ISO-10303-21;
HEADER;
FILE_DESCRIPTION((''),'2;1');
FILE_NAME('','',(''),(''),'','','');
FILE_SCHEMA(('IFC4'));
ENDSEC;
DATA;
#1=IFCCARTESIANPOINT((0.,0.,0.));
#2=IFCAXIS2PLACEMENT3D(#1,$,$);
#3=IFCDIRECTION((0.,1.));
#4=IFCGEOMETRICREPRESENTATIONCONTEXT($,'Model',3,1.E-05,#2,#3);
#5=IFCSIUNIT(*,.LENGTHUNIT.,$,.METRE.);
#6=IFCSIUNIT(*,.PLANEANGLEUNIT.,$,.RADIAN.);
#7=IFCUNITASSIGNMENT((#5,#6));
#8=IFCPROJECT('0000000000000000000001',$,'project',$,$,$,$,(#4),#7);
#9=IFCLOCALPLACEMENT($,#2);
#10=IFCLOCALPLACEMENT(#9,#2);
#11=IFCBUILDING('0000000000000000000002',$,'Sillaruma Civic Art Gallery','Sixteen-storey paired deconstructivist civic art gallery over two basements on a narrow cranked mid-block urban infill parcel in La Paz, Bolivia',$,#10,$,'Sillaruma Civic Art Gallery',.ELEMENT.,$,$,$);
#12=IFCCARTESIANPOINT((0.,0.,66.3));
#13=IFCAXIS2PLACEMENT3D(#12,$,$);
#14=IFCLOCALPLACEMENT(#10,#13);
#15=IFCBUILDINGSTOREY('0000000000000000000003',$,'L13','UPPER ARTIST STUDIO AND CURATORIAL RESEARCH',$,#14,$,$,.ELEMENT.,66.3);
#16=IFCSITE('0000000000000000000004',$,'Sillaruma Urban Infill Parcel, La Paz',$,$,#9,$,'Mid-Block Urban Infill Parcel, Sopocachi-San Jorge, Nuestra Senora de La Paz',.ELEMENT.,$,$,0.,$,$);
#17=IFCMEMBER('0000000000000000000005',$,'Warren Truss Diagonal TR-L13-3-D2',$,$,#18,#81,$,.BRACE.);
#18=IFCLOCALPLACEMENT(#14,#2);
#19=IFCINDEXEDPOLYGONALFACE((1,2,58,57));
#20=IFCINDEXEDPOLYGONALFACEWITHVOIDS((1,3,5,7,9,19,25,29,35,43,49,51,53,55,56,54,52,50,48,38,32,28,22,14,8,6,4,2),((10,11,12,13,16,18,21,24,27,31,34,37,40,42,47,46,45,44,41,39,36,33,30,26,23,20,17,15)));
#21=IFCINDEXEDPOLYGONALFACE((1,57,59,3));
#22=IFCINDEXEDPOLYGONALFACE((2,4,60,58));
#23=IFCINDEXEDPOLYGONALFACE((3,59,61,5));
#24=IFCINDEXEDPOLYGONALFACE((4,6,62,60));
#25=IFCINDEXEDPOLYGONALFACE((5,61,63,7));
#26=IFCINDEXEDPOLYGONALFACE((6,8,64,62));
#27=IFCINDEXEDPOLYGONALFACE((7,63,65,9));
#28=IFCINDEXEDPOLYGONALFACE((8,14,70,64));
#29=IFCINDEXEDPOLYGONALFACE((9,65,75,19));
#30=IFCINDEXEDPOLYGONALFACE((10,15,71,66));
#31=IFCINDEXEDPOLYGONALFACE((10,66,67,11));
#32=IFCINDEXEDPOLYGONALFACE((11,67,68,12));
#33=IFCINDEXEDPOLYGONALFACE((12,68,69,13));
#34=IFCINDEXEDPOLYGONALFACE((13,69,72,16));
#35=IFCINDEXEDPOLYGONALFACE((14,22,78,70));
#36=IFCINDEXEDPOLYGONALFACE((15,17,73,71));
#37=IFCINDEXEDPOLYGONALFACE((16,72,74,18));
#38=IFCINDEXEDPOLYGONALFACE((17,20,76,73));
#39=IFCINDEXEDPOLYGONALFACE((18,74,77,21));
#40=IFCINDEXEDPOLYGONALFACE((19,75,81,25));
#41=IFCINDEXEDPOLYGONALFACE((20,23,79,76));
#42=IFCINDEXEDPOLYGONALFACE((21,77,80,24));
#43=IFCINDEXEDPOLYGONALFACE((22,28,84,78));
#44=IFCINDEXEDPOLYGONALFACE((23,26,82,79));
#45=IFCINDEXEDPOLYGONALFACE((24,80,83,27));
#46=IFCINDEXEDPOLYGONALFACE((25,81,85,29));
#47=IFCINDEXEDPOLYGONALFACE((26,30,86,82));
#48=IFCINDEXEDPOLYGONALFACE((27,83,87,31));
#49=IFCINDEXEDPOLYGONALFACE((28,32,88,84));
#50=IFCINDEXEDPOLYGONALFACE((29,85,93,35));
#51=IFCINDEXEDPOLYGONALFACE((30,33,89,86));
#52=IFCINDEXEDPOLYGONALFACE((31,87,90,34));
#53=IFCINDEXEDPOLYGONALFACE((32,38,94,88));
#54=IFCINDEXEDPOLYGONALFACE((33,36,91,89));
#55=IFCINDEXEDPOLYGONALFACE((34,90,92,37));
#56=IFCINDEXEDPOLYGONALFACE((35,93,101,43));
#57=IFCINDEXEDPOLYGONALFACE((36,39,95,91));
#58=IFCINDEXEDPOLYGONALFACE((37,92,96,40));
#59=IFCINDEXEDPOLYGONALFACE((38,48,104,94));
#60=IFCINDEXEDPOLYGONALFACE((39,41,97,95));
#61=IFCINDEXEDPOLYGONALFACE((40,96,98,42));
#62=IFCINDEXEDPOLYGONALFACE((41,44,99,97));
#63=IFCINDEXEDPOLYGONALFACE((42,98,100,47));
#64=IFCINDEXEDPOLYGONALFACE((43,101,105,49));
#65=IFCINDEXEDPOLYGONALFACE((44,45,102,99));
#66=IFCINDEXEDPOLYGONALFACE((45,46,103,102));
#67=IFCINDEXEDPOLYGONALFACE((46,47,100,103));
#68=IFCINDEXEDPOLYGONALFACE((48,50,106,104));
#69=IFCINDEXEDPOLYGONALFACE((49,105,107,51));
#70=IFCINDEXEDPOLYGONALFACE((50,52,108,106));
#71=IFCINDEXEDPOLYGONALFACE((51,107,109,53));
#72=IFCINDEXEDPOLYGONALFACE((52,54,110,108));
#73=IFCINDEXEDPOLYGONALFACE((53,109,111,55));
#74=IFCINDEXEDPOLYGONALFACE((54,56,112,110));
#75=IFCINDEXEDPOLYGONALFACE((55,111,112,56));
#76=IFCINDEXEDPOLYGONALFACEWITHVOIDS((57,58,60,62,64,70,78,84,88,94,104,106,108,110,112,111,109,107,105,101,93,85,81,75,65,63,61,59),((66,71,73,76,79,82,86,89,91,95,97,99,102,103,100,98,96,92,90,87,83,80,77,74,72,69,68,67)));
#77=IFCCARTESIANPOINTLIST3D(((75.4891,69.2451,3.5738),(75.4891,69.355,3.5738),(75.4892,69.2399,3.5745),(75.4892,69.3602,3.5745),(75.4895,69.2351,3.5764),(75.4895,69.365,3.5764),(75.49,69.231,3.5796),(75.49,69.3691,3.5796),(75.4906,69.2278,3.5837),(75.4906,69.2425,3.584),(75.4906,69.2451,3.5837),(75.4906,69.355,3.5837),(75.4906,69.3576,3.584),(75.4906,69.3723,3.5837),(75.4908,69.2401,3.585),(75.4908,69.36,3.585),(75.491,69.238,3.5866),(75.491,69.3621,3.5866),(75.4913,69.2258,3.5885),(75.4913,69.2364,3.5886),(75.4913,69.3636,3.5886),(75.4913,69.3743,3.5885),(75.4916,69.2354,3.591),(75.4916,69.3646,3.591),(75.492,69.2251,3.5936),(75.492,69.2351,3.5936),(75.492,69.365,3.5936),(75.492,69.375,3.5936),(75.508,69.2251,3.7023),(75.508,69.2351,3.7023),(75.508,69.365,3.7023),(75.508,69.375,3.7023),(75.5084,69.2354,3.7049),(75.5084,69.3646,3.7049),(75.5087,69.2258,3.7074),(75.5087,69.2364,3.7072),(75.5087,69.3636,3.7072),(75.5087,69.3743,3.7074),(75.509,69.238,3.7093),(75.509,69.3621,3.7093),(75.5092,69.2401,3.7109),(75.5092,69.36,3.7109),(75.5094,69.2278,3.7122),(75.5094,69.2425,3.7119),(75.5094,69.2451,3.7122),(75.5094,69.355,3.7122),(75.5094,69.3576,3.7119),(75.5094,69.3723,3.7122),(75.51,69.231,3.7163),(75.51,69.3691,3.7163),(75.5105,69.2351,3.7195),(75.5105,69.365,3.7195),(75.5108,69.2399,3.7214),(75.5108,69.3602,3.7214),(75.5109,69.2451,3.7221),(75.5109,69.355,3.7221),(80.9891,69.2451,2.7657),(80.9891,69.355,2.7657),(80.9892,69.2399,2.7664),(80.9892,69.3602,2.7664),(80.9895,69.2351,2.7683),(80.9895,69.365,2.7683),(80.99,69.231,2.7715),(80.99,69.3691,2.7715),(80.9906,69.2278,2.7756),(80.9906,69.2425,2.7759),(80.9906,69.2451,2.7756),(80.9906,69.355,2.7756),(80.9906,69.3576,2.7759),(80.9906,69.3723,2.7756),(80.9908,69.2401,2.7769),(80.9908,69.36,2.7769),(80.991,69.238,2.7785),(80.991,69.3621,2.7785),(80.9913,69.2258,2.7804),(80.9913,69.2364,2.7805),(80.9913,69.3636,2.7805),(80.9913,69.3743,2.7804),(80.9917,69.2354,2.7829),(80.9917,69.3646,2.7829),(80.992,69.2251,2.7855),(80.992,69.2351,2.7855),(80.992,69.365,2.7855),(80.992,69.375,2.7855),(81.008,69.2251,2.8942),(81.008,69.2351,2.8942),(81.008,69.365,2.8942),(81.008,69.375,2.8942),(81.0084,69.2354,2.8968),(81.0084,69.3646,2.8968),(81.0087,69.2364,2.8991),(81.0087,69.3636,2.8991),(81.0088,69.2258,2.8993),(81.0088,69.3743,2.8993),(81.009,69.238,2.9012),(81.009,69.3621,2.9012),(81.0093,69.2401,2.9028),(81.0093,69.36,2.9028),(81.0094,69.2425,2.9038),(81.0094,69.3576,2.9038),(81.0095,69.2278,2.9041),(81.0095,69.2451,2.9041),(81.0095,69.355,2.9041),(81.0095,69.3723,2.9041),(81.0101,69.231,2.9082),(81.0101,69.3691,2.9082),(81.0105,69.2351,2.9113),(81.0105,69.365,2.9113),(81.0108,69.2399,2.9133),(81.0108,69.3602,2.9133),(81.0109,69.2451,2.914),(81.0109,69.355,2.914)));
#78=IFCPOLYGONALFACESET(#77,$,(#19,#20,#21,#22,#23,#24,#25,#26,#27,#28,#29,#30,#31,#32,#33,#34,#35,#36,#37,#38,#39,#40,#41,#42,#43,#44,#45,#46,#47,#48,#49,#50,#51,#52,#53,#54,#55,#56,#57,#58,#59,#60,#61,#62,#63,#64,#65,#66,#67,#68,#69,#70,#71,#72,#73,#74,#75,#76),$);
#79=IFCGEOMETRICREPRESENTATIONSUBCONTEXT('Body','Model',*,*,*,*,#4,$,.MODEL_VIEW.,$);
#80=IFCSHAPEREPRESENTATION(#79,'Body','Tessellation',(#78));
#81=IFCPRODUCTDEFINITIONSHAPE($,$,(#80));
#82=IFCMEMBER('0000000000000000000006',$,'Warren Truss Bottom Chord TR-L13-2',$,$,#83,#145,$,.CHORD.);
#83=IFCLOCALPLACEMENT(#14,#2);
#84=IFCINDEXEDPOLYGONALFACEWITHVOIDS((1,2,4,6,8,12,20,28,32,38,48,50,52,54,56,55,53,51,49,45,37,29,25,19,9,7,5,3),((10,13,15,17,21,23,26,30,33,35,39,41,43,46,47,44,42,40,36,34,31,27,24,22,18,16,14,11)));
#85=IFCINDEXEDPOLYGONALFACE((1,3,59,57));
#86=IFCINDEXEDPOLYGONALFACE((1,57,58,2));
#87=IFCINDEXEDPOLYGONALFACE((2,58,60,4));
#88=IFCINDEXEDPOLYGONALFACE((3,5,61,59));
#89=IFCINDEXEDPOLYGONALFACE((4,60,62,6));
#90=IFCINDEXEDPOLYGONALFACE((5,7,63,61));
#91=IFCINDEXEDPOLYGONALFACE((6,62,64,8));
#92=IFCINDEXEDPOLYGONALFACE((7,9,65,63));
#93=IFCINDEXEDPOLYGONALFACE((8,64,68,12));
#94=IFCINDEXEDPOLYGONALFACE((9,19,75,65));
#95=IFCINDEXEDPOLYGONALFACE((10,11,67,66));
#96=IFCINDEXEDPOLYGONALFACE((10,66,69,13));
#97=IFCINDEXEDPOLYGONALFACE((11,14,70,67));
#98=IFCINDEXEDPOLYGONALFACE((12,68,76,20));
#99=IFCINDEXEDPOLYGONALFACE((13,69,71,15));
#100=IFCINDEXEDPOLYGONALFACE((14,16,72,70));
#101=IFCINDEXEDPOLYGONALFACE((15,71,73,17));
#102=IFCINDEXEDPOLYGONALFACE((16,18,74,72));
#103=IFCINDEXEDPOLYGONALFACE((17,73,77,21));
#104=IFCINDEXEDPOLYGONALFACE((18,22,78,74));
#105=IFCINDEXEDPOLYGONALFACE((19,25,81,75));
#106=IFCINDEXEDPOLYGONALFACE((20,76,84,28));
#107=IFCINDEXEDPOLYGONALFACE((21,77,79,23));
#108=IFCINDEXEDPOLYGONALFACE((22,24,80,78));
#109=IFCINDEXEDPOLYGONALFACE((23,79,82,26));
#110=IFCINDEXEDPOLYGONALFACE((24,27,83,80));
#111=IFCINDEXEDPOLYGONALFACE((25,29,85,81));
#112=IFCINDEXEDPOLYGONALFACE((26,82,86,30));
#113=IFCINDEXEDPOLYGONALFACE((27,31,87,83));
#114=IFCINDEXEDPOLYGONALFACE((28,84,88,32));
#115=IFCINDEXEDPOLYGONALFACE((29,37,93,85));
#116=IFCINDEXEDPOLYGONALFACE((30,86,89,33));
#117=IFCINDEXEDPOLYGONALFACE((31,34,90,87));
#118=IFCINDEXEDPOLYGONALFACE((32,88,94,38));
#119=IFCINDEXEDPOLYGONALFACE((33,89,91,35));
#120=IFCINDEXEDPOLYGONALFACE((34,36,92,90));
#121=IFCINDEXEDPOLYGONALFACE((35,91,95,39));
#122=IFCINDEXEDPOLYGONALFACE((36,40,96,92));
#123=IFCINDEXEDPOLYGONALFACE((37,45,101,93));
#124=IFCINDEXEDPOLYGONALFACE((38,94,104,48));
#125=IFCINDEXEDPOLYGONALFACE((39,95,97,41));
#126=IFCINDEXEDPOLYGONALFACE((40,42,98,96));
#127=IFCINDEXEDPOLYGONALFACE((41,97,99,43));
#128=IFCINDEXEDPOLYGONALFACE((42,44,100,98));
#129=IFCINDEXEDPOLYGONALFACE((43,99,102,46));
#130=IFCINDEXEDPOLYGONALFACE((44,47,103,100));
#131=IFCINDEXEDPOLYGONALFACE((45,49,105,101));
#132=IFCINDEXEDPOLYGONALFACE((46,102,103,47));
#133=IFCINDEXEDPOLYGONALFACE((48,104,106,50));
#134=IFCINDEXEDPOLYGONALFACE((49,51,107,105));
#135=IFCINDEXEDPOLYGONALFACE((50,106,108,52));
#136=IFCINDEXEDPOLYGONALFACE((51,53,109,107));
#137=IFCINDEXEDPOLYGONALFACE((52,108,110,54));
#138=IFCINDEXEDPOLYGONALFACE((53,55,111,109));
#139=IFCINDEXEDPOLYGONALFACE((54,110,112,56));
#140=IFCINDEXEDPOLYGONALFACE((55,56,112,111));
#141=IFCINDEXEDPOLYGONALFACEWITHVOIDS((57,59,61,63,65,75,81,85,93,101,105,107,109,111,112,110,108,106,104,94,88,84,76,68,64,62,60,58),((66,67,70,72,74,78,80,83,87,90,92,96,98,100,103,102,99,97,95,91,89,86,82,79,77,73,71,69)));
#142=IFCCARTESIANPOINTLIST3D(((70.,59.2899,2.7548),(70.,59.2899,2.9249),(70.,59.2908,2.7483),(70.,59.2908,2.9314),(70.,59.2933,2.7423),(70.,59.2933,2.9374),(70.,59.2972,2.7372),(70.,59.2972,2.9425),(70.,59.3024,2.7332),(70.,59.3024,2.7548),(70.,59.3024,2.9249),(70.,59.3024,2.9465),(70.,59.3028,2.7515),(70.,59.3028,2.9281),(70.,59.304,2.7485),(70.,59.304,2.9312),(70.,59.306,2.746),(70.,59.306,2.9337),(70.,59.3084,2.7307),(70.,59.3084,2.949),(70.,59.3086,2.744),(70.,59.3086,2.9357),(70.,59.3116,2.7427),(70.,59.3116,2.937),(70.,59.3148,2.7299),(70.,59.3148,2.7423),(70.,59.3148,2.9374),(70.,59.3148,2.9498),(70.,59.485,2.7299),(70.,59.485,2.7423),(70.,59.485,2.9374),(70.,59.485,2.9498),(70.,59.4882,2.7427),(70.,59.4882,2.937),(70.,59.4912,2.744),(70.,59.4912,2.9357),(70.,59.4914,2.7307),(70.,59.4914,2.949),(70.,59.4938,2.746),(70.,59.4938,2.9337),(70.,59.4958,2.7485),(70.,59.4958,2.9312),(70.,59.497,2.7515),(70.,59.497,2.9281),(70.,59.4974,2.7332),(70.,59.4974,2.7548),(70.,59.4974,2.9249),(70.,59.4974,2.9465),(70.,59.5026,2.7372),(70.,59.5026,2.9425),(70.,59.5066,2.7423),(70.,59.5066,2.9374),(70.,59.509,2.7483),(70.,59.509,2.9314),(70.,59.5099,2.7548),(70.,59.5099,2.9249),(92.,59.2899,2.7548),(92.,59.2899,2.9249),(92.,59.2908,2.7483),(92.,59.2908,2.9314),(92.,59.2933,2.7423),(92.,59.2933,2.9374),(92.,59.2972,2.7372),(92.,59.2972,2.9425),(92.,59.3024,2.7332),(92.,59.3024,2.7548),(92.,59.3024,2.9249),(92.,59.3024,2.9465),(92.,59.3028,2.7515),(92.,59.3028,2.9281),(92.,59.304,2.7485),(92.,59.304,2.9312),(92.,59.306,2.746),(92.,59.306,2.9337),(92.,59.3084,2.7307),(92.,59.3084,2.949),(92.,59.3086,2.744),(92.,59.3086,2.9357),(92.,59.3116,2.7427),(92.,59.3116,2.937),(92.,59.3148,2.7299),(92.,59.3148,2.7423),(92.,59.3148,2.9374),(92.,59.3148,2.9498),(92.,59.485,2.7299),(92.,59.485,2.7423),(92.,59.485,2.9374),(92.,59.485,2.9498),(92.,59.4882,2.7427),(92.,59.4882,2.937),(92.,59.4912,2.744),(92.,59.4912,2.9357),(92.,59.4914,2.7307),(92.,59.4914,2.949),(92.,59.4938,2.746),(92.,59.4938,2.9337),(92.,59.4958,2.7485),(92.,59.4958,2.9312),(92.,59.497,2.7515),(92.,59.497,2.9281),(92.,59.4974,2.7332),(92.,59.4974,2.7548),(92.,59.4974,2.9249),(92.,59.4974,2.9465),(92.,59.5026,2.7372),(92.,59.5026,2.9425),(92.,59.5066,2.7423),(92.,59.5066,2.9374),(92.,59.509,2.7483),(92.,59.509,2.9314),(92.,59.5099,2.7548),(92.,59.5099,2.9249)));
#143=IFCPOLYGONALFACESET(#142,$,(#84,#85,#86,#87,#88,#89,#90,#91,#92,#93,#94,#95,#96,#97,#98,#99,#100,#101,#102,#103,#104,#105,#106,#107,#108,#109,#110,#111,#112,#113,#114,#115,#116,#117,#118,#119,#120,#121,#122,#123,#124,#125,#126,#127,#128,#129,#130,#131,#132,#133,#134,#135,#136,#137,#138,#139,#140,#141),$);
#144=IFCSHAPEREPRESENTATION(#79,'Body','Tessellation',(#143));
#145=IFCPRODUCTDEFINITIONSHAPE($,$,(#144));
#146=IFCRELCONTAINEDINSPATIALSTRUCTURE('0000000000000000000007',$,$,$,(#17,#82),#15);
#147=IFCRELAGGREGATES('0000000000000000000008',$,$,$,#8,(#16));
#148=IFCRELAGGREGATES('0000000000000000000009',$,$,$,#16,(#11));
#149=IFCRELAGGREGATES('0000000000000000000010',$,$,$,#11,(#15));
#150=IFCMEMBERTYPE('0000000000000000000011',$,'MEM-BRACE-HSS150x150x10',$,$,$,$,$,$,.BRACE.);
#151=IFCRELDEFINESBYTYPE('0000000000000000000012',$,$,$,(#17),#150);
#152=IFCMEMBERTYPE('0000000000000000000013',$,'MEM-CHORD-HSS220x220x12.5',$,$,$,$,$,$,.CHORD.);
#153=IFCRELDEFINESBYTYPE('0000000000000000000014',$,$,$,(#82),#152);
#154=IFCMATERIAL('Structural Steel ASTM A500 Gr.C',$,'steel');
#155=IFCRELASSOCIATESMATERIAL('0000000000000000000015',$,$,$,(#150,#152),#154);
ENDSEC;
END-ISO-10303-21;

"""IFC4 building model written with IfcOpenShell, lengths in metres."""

from ifc_helpers import new_model, si_unit, direction, frame, origin, origin_2d, place, context, subcontext, project, spatial, hollow_rectangle, extrude, material, material_profile, profile_set, type_object, element, save


model = new_model("IFC4")

# Units and contexts
model_context = context("Model", 3, precision=1e-05, world=origin(), true_north=direction((0.0, 1.0)))
body_context = subcontext(model_context, "Body", "Model", "MODEL_VIEW")
ifc_project = project(units=[si_unit("LENGTHUNIT", "METRE"), si_unit("PLANEANGLEUNIT", "RADIAN")], contexts=[model_context])

# Site, building, storey
site_placement = place(None, origin())
site = spatial("IfcSite", under=ifc_project, at=site_placement, Name="Sillaruma Urban Infill Parcel, La Paz", LongName="Mid-Block Urban Infill Parcel, Sopocachi-San Jorge, Nuestra Senora de La Paz", CompositionType="ELEMENT", RefElevation=0.0)
building_placement = place(site_placement, origin())
building = spatial("IfcBuilding", under=site, at=building_placement, Name="Sillaruma Civic Art Gallery", Description="Sixteen-storey paired deconstructivist civic art gallery over two basements on a narrow cranked mid-block urban infill parcel in La Paz, Bolivia", LongName="Sillaruma Civic Art Gallery", CompositionType="ELEMENT")
storey_placement = place(building_placement, frame((0.0, 0.0, 66.3)))
storey = spatial("IfcBuildingStorey", under=building, at=storey_placement, Name="L13", Description="UPPER ARTIST STUDIO AND CURATORIAL RESEARCH", CompositionType="ELEMENT", Elevation=66.3)

# Shared definitions
ifc_material_1 = material(Name="Structural Steel ASTM A500 Gr.C", Category="steel")

# Members
ifc_material_profile_1 = material_profile(ifc_material_1, hollow_rectangle(XDim=0.1499, YDim=0.1499, WallThickness=0.01, InnerFilletRadius=0.01, OuterFilletRadius=0.02, at=origin_2d()), Name="HSS150x150x10")
ifc_profile_set_1 = profile_set([ifc_material_profile_1], Name="Structural Steel ASTM A500 Gr.C")
member_type_1 = type_object("IfcMemberType", Name="MEM-BRACE-HSS150x150x10", PredefinedType="BRACE", material=ifc_profile_set_1)
for number, where, z_axis, x_axis, name in (
    (1, (75.5, 69.3, 3.6479), (0.989378, 0.0, -0.145368), (0.0, 1.0, 0.0), "Warren Truss Diagonal TR-L13-3-D2"),
):
    element("IfcMember", number, at=place(storey_placement, frame(where, z_axis=z_axis, x_axis=x_axis)), inside=storey, type_object=member_type_1, Name=name, PredefinedType="BRACE", context=body_context, shape_type="SweptSolid", body=[
        extrude(hollow_rectangle(XDim=0.1499, YDim=0.1499, WallThickness=0.01, InnerFilletRadius=0.01, OuterFilletRadius=0.02, at=origin_2d()), origin(), (0.0, 0.0, 1.0), 5.5591),
    ])
ifc_material_profile_2 = material_profile(ifc_material_1, hollow_rectangle(XDim=0.22, YDim=0.22, WallThickness=0.0125, InnerFilletRadius=0.0125, OuterFilletRadius=0.0249, at=origin_2d()), Name="HSS220x220x12.5")
ifc_profile_set_2 = profile_set([ifc_material_profile_2], Name="Structural Steel ASTM A500 Gr.C")
member_type_2 = type_object("IfcMemberType", Name="MEM-CHORD-HSS220x220x12.5", PredefinedType="CHORD", material=ifc_profile_set_2)
for number, where, z_axis, x_axis, name in (
    (2, (70.0, 59.3999, 2.8398), (1.0, 0.0, 0.0), (0.0, 1.0, 0.0), "Warren Truss Bottom Chord TR-L13-2"),
):
    element("IfcMember", number, at=place(storey_placement, frame(where, z_axis=z_axis, x_axis=x_axis)), inside=storey, type_object=member_type_2, Name=name, PredefinedType="CHORD", context=body_context, shape_type="SweptSolid", body=[
        extrude(hollow_rectangle(XDim=0.22, YDim=0.22, WallThickness=0.0125, InnerFilletRadius=0.0125, OuterFilletRadius=0.0249, at=origin_2d()), origin(), (0.0, 0.0, 1.0), 22.0),
    ])

save(model, "model.ifc")
